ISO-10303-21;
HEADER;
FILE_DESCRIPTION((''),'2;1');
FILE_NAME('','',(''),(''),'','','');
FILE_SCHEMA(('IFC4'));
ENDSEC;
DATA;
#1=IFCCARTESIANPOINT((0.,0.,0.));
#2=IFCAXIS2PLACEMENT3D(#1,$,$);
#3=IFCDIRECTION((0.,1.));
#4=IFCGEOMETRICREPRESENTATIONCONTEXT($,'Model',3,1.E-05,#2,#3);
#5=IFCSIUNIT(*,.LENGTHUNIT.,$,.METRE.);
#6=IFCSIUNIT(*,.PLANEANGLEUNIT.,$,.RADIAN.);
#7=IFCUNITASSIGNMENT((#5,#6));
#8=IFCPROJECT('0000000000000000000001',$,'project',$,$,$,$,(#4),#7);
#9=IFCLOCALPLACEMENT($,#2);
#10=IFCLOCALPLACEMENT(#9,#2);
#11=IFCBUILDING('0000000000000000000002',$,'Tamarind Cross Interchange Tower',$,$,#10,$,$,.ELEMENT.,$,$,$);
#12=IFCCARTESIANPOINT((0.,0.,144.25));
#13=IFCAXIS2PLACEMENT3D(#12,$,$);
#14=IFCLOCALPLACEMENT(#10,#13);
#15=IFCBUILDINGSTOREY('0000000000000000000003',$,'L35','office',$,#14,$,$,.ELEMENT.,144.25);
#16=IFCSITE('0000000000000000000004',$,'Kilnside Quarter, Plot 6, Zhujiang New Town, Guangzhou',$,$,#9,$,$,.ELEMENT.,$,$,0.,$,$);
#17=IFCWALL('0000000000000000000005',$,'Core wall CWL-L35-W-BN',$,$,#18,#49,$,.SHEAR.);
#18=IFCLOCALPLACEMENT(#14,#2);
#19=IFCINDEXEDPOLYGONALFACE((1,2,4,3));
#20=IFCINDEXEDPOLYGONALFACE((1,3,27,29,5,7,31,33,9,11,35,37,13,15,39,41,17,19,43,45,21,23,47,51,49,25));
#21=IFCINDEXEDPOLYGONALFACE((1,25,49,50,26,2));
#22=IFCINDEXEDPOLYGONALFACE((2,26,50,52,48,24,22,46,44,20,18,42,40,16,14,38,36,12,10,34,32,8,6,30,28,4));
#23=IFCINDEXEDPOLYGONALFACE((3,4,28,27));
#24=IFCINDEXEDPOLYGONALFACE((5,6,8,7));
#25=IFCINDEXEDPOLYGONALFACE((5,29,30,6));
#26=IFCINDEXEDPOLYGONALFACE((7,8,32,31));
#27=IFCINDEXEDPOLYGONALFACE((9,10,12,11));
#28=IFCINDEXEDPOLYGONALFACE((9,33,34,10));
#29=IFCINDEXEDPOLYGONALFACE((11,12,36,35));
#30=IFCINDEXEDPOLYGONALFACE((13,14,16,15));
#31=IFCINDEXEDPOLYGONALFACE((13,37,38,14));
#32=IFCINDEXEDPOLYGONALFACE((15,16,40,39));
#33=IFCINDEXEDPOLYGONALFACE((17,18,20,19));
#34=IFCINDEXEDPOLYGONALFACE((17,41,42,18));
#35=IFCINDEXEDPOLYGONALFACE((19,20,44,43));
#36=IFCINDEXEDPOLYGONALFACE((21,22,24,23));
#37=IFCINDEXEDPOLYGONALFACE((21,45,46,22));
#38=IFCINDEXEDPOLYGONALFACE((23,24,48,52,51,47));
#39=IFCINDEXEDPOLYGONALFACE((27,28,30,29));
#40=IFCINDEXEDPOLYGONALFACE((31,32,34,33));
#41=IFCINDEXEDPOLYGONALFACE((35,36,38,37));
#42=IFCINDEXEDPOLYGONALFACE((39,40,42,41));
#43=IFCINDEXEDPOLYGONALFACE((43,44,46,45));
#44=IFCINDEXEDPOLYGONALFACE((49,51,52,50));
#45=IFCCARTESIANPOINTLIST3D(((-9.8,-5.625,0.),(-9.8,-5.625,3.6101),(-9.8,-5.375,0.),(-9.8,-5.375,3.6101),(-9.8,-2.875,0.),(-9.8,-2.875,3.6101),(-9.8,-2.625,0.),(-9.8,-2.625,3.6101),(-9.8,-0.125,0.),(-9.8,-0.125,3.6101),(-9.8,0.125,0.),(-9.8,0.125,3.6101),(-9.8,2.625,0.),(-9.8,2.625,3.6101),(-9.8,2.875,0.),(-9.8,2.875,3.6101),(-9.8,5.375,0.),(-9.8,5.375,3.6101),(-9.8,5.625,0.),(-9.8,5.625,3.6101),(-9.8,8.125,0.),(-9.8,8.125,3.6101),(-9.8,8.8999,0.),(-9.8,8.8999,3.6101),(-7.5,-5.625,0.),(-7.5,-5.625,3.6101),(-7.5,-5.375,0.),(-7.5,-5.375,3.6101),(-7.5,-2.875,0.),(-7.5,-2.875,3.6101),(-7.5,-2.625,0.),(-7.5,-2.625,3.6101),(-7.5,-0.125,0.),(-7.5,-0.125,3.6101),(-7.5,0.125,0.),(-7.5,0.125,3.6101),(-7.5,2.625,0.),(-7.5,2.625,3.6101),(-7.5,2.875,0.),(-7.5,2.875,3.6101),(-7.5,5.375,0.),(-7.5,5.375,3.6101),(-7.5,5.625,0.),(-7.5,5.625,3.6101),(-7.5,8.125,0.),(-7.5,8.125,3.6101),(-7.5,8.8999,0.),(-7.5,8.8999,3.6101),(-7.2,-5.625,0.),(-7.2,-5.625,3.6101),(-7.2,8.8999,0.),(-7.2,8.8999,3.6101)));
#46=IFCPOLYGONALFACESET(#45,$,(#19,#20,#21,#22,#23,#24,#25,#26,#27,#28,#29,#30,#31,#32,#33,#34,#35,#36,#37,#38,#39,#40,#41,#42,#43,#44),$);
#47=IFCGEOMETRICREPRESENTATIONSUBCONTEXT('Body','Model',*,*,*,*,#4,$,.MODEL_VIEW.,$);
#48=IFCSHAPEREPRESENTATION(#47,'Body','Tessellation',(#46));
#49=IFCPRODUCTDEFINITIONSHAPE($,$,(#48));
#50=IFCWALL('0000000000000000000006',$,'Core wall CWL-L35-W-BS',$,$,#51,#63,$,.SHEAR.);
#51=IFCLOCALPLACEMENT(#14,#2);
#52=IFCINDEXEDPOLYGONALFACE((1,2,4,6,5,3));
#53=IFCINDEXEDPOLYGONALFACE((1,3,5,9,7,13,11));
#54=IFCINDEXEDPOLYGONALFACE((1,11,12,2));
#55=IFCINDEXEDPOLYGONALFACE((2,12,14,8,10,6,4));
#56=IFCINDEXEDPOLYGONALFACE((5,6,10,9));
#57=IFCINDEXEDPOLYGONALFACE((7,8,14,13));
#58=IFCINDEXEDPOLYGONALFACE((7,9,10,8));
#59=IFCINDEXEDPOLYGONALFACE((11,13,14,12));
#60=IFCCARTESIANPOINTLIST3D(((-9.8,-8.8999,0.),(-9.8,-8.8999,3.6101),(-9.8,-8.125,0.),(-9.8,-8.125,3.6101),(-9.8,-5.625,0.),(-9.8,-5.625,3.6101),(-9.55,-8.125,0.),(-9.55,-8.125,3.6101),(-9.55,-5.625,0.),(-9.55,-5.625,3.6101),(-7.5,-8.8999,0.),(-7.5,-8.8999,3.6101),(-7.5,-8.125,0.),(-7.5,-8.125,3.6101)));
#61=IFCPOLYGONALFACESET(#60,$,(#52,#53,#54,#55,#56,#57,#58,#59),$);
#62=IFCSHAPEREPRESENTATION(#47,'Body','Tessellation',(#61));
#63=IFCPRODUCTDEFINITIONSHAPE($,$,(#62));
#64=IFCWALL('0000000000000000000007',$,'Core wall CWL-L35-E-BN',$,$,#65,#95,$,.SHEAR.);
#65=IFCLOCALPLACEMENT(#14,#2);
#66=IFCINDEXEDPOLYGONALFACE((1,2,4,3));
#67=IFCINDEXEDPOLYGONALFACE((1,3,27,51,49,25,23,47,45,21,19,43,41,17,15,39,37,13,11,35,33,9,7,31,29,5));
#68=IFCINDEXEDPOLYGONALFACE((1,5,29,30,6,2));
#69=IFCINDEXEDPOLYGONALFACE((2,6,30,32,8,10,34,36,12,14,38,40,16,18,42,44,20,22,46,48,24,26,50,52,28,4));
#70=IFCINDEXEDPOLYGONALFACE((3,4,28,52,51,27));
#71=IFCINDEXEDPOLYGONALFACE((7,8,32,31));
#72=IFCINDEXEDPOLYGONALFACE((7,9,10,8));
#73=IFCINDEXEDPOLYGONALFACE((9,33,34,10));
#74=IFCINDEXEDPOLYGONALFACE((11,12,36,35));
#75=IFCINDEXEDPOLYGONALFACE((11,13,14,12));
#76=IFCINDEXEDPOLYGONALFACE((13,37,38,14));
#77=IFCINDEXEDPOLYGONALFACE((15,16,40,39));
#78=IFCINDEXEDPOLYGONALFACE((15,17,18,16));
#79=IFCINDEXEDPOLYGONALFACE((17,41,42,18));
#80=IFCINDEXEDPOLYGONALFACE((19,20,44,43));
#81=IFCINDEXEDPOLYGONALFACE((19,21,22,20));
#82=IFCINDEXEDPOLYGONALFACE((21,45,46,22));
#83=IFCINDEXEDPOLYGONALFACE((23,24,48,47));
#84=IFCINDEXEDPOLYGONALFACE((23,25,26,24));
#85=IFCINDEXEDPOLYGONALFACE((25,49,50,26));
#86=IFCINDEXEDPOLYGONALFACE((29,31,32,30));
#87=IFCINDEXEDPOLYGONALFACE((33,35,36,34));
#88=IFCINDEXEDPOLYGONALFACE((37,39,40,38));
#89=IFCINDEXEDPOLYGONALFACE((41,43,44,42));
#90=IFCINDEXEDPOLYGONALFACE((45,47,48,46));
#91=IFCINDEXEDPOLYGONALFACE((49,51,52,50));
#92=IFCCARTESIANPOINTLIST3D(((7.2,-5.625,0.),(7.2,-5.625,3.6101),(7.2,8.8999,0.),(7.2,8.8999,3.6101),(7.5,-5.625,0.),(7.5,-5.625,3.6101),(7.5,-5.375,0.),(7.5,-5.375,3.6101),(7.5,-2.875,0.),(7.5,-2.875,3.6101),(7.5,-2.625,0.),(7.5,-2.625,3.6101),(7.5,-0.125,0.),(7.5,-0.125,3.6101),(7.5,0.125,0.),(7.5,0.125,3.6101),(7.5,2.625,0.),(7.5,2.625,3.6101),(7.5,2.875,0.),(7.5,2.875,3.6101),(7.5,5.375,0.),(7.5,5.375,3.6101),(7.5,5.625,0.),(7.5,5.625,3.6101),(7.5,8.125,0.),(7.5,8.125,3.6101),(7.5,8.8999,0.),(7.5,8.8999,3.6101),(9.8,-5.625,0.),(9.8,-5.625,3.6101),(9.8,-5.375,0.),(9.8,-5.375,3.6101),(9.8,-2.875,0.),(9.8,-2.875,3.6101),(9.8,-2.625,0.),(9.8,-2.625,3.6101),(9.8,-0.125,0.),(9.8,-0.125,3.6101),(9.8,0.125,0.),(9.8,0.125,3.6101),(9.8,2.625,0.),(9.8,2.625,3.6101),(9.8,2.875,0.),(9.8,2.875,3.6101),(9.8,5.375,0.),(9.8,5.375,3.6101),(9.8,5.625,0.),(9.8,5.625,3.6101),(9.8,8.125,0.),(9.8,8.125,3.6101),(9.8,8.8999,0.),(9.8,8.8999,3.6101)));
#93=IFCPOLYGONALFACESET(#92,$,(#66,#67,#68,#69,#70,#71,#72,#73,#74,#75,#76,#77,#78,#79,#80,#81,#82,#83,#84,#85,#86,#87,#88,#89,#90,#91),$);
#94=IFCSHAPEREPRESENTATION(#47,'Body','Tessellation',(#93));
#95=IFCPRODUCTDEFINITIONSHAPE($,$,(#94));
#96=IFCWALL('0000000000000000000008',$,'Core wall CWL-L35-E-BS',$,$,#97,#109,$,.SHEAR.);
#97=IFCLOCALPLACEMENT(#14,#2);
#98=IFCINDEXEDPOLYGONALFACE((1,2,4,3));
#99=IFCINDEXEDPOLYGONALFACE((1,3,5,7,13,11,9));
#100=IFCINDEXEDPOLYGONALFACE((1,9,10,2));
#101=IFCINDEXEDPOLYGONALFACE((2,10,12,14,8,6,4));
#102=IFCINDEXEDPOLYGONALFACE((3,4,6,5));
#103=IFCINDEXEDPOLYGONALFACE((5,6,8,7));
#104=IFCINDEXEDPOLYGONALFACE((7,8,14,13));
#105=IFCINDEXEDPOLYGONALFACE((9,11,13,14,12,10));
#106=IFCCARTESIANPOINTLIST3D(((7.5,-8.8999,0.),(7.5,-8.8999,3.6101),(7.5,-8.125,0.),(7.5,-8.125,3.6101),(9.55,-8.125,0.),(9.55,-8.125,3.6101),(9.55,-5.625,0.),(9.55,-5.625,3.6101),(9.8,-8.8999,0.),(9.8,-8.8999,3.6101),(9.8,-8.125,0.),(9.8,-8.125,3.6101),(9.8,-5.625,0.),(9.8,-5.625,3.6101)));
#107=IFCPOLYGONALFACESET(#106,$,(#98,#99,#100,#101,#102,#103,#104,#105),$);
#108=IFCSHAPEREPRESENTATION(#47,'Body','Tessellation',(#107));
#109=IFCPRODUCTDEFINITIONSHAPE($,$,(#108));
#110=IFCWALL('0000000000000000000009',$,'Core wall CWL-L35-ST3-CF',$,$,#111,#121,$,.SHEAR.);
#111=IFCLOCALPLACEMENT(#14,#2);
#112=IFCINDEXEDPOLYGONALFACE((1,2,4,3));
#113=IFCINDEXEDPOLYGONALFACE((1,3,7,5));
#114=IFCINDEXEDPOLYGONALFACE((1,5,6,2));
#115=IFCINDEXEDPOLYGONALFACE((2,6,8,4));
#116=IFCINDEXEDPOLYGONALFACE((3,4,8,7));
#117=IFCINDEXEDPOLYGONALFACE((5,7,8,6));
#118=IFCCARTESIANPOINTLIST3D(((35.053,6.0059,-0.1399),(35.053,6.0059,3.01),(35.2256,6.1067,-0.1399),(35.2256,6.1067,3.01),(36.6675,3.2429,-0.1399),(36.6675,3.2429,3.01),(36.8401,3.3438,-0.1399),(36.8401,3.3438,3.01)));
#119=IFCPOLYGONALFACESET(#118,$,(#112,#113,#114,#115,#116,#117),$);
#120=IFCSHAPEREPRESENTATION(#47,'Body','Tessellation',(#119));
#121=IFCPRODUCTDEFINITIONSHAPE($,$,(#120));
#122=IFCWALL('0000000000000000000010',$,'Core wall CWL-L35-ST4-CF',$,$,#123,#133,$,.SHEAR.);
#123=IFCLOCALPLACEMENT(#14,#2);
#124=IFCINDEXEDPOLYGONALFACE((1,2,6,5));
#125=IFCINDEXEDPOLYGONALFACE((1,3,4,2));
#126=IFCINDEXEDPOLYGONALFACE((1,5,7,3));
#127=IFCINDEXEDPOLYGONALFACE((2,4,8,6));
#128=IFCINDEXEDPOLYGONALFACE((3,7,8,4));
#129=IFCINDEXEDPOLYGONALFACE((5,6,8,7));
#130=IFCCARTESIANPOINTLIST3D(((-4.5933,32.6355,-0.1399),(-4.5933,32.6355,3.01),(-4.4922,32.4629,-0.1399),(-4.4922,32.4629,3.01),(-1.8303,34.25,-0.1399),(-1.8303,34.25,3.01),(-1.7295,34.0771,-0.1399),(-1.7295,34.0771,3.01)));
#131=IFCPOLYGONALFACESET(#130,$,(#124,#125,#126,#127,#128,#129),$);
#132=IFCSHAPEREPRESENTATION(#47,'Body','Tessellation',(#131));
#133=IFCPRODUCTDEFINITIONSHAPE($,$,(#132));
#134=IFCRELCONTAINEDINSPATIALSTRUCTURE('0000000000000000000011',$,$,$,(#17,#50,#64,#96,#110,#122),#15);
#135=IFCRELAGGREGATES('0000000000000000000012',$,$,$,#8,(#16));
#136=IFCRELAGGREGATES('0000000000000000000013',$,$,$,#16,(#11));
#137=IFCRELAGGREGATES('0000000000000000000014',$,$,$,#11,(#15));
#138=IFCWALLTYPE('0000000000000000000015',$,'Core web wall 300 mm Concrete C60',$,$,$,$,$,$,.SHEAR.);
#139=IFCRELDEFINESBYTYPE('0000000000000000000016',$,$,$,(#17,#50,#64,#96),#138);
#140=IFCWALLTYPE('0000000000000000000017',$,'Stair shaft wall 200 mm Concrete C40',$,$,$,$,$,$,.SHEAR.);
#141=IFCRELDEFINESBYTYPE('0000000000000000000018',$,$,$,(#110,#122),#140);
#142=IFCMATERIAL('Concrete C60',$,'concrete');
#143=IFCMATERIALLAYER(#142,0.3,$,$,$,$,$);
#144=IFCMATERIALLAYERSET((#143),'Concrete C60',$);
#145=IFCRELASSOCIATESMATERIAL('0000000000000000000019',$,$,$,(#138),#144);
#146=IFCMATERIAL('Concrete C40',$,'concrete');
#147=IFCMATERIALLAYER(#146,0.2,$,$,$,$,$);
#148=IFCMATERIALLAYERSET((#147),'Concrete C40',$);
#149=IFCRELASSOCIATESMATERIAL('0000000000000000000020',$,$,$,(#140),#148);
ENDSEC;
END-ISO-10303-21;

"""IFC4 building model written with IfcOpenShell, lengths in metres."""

from ifc_helpers import new_model, si_unit, direction, frame, origin, place, context, subcontext, project, spatial, polyline, outline, extrude, material, layer, layer_set, type_object, element, save


model = new_model("IFC4")

# Units and contexts
model_context = context("Model", 3, precision=1e-05, world=origin(), true_north=direction((0.0, 1.0)))
body_context = subcontext(model_context, "Body", "Model", "MODEL_VIEW")
ifc_project = project(units=[si_unit("LENGTHUNIT", "METRE"), si_unit("PLANEANGLEUNIT", "RADIAN")], contexts=[model_context])

# Site, building, storey
site_placement = place(None, origin())
site = spatial("IfcSite", under=ifc_project, at=site_placement, Name="Kilnside Quarter, Plot 6, Zhujiang New Town, Guangzhou", CompositionType="ELEMENT", RefElevation=0.0)
building_placement = place(site_placement, origin())
building = spatial("IfcBuilding", under=site, at=building_placement, Name="Tamarind Cross Interchange Tower", CompositionType="ELEMENT")
storey_placement = place(building_placement, frame((0.0, 0.0, 144.25)))
storey = spatial("IfcBuildingStorey", under=building, at=storey_placement, Name="L35", Description="office", CompositionType="ELEMENT", Elevation=144.25)

# Shared definitions
ifc_material_1 = material(Name="Concrete C40", Category="concrete")

# Walls
ifc_material_2 = material(Name="Concrete C60", Category="concrete")
ifc_layer_1 = layer(ifc_material_2, 0.3)
ifc_layer_set_1 = layer_set([ifc_layer_1], Name="Concrete C60")
wall_type_1 = type_object("IfcWallType", Name="Core web wall 300 mm Concrete C60", PredefinedType="SHEAR", material=ifc_layer_set_1)
wall_1_placement = place(storey_placement, origin())
element("IfcWall", 1, at=wall_1_placement, inside=storey, type_object=wall_type_1, Name="Core wall CWL-L35-W-BN", PredefinedType="SHEAR", context=body_context, shape_type="SweptSolid", body=[
    extrude(outline(polyline([(-9.8, -5.375), (-9.8, -5.625), (-7.5, -5.625), (-7.2, -5.625), (-7.2, 8.8999), (-7.5, 8.8999), (-9.8, 8.8999), (-9.8, 8.125), (-7.5, 8.125), (-7.5, 5.625), (-9.8, 5.625), (-9.8, 5.375), (-7.5, 5.375), (-7.5, 2.875), (-9.8, 2.875), (-9.8, 2.625), (-7.5, 2.625), (-7.5, 0.125), (-9.8, 0.125), (-9.8, -0.125), (-7.5, -0.125), (-7.5, -2.625), (-9.8, -2.625), (-9.8, -2.875), (-7.5, -2.875), (-7.5, -5.375), (-9.8, -5.375)])), origin(), (0.0, 0.0, 1.0), 3.6101),
])
wall_2_placement = place(storey_placement, origin())
element("IfcWall", 2, at=wall_2_placement, inside=storey, type_object=wall_type_1, Name="Core wall CWL-L35-W-BS", PredefinedType="SHEAR", context=body_context, shape_type="SweptSolid", body=[
    extrude(outline(polyline([(-7.5, -8.125), (-9.55, -8.125), (-9.55, -5.625), (-9.8, -5.625), (-9.8, -8.125), (-9.8, -8.8999), (-7.5, -8.8999), (-7.5, -8.125)])), origin(), (0.0, 0.0, 1.0), 3.6101),
])
wall_3_placement = place(storey_placement, origin())
element("IfcWall", 3, at=wall_3_placement, inside=storey, type_object=wall_type_1, Name="Core wall CWL-L35-E-BN", PredefinedType="SHEAR", context=body_context, shape_type="SweptSolid", body=[
    extrude(outline(polyline([(9.8, -5.375), (7.5, -5.375), (7.5, -2.875), (9.8, -2.875), (9.8, -2.625), (7.5, -2.625), (7.5, -0.125), (9.8, -0.125), (9.8, 0.125), (7.5, 0.125), (7.5, 2.625), (9.8, 2.625), (9.8, 2.875), (7.5, 2.875), (7.5, 5.375), (9.8, 5.375), (9.8, 5.625), (7.5, 5.625), (7.5, 8.125), (9.8, 8.125), (9.8, 8.8999), (7.5, 8.8999), (7.2, 8.8999), (7.2, -5.625), (7.5, -5.625), (9.8, -5.625), (9.8, -5.375)])), origin(), (0.0, 0.0, 1.0), 3.6101),
])
wall_4_placement = place(storey_placement, origin())
element("IfcWall", 4, at=wall_4_placement, inside=storey, type_object=wall_type_1, Name="Core wall CWL-L35-E-BS", PredefinedType="SHEAR", context=body_context, shape_type="SweptSolid", body=[
    extrude(outline(polyline([(7.5, -8.125), (7.5, -8.8999), (9.8, -8.8999), (9.8, -8.125), (9.8, -5.625), (9.55, -5.625), (9.55, -8.125), (7.5, -8.125)])), origin(), (0.0, 0.0, 1.0), 3.6101),
])
ifc_layer_2 = layer(ifc_material_1, 0.2)
ifc_layer_set_2 = layer_set([ifc_layer_2], Name="Concrete C40")
wall_type_2 = type_object("IfcWallType", Name="Stair shaft wall 200 mm Concrete C40", PredefinedType="SHEAR", material=ifc_layer_set_2)
wall_5_placement = place(storey_placement, frame((0.0, 0.0, -0.1399)))
element("IfcWall", 5, at=wall_5_placement, inside=storey, type_object=wall_type_2, Name="Core wall CWL-L35-ST3-CF", PredefinedType="SHEAR", context=body_context, shape_type="SweptSolid", body=[
    extrude(outline(polyline([(36.6675, 3.2429), (36.8401, 3.3438), (35.2256, 6.1067), (35.053, 6.0059), (36.6675, 3.2429)])), origin(), (0.0, 0.0, 1.0), 3.1499),
])
wall_6_placement = place(storey_placement, frame((0.0, 0.0, -0.1399)))
element("IfcWall", 6, at=wall_6_placement, inside=storey, type_object=wall_type_2, Name="Core wall CWL-L35-ST4-CF", PredefinedType="SHEAR", context=body_context, shape_type="SweptSolid", body=[
    extrude(outline(polyline([(-1.7295, 34.0771), (-1.8303, 34.25), (-4.5933, 32.6355), (-4.4922, 32.4629), (-1.7295, 34.0771)])), origin(), (0.0, 0.0, 1.0), 3.1499),
])

save(model, "model.ifc")
